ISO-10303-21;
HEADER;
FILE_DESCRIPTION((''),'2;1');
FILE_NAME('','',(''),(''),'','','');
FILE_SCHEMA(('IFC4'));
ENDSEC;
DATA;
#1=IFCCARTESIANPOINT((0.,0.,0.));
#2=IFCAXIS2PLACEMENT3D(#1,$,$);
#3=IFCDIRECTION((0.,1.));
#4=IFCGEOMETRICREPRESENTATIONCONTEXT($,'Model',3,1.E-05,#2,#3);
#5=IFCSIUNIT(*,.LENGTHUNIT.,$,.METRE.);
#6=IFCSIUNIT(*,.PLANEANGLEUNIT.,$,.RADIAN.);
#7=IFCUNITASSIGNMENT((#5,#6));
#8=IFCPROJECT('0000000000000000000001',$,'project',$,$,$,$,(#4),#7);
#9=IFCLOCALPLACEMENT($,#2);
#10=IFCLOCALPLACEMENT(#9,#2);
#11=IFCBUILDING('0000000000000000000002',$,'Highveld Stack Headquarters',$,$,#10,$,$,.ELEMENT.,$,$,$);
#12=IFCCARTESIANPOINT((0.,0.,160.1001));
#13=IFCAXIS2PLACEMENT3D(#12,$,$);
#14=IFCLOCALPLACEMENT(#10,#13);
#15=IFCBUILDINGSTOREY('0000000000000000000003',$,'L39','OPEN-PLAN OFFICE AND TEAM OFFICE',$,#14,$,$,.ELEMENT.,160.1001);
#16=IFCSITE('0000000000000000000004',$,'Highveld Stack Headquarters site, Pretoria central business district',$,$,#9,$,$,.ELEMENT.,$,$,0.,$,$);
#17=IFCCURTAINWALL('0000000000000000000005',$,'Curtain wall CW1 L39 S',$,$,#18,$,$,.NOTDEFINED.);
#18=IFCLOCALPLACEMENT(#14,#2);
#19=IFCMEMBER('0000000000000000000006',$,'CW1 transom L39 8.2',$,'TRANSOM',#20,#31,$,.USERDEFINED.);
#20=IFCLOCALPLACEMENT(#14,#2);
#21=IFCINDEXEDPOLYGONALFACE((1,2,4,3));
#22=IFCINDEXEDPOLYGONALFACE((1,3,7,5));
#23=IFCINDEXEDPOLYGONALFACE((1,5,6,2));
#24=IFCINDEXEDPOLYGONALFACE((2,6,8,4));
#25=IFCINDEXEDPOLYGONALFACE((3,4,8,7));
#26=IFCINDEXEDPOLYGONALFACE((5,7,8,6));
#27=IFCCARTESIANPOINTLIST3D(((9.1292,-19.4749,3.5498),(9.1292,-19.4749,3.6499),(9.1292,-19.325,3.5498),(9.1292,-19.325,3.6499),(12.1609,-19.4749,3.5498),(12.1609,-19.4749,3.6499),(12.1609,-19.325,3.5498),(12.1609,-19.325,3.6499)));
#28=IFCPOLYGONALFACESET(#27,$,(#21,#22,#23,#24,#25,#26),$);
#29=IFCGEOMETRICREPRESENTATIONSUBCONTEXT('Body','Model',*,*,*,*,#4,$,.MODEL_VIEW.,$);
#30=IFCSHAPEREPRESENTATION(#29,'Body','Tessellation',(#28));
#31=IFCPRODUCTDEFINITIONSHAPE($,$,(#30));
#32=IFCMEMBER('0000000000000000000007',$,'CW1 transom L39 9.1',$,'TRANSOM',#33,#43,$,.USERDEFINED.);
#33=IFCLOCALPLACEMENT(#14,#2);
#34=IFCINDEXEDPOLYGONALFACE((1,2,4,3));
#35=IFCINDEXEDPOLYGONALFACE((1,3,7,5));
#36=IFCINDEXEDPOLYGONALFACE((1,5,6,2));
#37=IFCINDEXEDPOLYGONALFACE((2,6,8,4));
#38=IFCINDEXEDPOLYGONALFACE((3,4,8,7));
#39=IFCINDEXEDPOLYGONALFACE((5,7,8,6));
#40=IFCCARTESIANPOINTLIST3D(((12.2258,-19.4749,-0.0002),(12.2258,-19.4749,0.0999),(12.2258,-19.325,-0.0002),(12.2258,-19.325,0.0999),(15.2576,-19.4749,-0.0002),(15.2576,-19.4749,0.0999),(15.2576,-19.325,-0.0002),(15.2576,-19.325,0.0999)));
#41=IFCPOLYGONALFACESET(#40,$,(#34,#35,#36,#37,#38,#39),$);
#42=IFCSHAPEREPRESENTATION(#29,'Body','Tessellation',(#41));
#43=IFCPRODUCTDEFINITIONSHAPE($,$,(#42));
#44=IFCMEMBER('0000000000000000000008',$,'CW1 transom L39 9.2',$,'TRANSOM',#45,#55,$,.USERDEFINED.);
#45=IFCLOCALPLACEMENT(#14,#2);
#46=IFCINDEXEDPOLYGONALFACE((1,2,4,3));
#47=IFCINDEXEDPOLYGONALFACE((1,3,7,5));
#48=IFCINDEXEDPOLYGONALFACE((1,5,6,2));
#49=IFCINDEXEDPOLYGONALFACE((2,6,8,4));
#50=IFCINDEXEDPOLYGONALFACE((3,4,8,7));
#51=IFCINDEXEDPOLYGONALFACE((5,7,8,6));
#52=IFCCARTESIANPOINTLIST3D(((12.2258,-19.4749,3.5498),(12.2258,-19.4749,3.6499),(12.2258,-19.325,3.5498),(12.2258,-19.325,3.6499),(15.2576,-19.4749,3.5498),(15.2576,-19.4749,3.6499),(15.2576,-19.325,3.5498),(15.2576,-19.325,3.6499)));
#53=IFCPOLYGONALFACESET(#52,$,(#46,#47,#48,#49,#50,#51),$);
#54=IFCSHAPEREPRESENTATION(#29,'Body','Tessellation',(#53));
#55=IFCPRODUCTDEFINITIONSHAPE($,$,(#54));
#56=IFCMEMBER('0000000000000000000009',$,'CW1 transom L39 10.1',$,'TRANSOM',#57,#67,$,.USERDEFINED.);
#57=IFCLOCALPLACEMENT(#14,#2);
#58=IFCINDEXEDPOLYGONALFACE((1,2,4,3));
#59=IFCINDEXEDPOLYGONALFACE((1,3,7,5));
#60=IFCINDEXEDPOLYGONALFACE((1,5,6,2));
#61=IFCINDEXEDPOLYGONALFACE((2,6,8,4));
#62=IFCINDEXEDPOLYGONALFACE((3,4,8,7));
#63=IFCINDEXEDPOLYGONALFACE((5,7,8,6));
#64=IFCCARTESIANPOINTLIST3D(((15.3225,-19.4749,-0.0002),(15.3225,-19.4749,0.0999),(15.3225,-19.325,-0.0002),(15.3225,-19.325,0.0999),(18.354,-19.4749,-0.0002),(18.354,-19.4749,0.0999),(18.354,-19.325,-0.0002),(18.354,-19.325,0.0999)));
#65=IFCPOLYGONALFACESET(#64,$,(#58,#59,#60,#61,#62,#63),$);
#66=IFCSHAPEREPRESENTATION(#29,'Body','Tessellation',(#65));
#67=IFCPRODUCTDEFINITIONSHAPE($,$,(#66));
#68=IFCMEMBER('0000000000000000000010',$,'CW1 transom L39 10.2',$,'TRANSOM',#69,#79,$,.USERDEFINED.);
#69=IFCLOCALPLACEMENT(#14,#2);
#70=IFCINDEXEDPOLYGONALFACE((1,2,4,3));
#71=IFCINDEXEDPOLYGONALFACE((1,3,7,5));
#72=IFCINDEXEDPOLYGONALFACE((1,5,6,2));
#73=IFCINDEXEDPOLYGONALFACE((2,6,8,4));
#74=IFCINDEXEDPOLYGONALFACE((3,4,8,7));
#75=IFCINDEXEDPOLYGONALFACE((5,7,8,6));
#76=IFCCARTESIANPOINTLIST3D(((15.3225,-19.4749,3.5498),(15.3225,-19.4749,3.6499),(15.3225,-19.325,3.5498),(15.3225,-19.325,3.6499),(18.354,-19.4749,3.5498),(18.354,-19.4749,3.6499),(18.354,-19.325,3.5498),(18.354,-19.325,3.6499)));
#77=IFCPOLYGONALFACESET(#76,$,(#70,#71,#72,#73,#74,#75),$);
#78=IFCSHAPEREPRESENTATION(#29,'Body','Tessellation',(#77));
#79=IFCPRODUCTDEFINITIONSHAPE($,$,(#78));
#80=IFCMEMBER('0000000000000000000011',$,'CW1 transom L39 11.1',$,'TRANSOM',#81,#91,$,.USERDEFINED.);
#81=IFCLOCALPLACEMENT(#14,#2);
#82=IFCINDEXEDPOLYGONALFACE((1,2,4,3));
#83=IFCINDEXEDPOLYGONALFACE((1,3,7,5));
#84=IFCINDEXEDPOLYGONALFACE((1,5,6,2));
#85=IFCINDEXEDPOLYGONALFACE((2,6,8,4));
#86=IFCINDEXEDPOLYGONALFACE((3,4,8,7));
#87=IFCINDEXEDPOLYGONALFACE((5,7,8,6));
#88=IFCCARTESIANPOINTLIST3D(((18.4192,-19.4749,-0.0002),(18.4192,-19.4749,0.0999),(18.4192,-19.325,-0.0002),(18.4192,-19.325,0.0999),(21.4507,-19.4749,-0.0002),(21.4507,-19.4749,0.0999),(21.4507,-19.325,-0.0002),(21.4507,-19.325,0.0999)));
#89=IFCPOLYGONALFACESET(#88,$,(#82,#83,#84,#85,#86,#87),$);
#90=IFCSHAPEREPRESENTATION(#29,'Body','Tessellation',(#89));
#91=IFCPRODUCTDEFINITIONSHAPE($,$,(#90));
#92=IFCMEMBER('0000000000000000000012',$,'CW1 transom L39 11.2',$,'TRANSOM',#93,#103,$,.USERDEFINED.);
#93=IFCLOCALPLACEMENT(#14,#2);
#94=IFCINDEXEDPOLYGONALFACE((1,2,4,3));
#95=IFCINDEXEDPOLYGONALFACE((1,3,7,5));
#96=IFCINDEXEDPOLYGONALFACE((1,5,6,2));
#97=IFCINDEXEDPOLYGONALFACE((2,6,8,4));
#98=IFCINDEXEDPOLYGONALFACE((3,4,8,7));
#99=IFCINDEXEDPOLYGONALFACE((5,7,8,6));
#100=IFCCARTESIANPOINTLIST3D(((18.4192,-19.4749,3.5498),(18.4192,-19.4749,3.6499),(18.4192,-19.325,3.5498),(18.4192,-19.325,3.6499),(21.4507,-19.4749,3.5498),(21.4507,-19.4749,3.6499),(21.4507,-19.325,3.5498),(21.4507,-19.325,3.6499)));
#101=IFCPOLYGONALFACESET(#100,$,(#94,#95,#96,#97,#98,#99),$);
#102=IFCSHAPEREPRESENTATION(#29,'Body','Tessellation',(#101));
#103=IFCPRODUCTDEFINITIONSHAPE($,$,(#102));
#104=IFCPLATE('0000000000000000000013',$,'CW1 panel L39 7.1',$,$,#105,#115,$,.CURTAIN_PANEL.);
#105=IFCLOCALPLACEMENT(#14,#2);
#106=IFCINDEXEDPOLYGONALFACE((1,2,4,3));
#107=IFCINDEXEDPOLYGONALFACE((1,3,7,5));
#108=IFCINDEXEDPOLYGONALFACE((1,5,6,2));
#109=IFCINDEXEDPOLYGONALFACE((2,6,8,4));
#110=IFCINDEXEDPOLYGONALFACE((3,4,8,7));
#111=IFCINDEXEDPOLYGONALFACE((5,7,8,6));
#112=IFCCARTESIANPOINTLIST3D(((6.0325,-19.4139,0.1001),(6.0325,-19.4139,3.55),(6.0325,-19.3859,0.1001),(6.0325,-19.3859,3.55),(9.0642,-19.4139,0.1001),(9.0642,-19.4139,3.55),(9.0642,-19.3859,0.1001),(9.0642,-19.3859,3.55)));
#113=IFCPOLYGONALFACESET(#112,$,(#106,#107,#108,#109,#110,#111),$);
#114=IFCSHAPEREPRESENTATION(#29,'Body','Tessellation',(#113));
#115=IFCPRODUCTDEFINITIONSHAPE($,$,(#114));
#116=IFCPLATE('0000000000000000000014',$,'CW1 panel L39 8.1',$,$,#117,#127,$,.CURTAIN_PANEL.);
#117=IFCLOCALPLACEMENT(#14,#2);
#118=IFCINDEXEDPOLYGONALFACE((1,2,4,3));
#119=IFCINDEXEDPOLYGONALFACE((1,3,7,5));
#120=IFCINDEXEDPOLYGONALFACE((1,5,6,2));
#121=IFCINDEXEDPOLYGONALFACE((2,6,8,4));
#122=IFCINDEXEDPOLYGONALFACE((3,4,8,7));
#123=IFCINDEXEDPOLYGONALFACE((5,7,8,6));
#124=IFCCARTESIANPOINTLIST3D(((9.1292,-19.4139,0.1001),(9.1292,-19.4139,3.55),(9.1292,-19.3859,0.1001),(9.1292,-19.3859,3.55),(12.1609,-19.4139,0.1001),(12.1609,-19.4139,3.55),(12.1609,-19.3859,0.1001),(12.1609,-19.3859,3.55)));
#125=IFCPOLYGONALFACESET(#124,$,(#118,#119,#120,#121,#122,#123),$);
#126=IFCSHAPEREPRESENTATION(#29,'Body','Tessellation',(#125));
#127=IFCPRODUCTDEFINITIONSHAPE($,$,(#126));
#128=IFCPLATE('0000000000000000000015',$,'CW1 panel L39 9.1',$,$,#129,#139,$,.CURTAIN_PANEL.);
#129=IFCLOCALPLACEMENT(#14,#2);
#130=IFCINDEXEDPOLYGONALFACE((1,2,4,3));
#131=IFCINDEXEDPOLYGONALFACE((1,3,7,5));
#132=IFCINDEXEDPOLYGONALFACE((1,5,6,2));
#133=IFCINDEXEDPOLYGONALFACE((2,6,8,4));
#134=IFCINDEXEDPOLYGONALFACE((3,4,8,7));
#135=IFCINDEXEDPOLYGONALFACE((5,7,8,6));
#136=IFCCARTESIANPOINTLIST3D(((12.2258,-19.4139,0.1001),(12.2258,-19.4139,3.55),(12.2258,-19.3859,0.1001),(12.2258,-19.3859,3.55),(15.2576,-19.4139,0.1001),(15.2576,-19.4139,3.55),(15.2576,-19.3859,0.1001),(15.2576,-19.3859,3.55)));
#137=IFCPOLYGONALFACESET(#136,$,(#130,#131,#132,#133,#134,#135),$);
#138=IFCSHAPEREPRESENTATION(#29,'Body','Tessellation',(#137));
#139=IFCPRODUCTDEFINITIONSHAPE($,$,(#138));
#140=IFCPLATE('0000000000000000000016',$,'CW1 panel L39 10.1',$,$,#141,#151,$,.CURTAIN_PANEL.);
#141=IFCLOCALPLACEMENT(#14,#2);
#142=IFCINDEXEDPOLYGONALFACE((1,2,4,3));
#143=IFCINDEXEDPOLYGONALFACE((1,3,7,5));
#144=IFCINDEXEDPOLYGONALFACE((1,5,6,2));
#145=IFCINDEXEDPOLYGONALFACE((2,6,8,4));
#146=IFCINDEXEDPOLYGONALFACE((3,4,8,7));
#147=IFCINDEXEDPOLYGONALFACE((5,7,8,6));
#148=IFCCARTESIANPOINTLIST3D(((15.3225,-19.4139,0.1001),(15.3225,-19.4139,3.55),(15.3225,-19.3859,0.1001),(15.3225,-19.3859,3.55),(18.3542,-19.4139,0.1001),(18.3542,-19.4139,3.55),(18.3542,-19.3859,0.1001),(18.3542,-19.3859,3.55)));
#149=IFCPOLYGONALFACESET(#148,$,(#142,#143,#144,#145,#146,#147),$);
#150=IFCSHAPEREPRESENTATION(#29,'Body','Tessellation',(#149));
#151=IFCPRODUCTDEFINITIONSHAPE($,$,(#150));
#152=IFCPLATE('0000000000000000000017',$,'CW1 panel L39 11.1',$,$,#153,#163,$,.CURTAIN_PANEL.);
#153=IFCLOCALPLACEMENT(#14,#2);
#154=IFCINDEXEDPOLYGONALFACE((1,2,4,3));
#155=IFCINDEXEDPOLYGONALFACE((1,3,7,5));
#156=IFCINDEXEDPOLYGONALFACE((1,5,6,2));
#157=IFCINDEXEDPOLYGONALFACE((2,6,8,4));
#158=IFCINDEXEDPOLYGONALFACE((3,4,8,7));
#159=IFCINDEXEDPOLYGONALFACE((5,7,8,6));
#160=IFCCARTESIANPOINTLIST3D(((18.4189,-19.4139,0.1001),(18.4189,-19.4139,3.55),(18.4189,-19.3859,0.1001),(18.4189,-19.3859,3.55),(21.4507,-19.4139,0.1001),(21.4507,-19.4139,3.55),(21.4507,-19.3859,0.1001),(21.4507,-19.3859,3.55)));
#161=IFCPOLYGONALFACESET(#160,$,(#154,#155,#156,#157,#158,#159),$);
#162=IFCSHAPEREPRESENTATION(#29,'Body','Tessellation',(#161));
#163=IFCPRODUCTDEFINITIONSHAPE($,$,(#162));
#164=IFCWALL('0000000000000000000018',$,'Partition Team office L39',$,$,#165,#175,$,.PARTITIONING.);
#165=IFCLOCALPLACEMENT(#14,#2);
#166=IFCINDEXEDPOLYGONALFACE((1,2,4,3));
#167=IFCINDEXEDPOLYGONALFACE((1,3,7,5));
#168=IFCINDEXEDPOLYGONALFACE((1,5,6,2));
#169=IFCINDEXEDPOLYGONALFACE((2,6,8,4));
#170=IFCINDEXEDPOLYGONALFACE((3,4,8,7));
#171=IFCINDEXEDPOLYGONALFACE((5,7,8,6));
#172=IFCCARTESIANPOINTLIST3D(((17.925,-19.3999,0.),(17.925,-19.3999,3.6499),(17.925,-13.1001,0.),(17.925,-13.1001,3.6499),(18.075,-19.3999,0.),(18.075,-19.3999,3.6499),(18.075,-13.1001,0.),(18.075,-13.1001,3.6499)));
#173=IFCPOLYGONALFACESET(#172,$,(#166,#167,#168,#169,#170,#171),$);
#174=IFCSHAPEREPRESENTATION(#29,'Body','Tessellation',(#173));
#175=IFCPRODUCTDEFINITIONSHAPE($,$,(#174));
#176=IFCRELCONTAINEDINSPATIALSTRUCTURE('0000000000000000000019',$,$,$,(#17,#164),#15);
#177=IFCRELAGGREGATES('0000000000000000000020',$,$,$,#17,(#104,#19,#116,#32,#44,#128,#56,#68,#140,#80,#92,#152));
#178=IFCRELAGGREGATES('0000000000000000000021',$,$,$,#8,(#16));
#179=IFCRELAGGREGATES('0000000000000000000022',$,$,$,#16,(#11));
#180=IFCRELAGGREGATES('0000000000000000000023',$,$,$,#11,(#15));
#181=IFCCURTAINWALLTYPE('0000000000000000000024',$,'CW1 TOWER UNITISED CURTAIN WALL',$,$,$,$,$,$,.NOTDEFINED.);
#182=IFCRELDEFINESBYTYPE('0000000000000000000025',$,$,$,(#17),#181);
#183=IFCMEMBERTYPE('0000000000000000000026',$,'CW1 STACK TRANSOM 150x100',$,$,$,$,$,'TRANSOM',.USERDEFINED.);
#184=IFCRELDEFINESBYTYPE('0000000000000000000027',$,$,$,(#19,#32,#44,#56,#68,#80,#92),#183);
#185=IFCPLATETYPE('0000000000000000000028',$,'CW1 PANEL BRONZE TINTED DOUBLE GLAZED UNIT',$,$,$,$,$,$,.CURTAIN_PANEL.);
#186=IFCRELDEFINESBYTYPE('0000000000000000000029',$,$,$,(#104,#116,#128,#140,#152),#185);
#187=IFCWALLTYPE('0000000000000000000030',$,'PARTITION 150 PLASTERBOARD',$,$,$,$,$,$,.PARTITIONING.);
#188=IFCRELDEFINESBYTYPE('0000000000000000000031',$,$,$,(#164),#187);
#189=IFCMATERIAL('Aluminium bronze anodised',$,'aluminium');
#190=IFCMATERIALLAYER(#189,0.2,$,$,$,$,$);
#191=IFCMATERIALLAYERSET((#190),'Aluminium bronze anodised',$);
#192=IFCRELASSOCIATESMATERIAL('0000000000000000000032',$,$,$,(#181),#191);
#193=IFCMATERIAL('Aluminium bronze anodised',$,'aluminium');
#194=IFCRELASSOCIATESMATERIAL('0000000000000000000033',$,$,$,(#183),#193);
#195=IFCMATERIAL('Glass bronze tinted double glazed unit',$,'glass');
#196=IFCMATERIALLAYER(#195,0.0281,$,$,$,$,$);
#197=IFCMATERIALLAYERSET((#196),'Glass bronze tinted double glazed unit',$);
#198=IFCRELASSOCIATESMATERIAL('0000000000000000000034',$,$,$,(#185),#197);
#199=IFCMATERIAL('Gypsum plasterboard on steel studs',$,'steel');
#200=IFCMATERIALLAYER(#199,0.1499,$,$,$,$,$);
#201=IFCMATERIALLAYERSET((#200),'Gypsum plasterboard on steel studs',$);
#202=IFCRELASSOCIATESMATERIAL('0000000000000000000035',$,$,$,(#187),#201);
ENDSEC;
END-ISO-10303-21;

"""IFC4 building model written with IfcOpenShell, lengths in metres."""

from ifc_helpers import new_model, si_unit, direction, frame, frame_2d, origin, origin_2d, place, context, subcontext, project, spatial, rectangle, extrude, material, layer, layer_set, material_profile, profile_set, type_object, element, aggregate, save


model = new_model("IFC4")

# Units and contexts
model_context = context("Model", 3, precision=1e-05, world=origin(), true_north=direction((0.0, 1.0)))
body_context = subcontext(model_context, "Body", "Model", "MODEL_VIEW")
ifc_project = project(units=[si_unit("LENGTHUNIT", "METRE"), si_unit("PLANEANGLEUNIT", "RADIAN")], contexts=[model_context])

# Site, building, storey
site_placement = place(None, origin())
site = spatial("IfcSite", under=ifc_project, at=site_placement, Name="Highveld Stack Headquarters site, Pretoria central business district", CompositionType="ELEMENT", RefElevation=0.0)
building_placement = place(site_placement, origin())
building = spatial("IfcBuilding", under=site, at=building_placement, Name="Highveld Stack Headquarters", CompositionType="ELEMENT")
storey_placement = place(building_placement, frame((0.0, 0.0, 160.1001)))
storey = spatial("IfcBuildingStorey", under=building, at=storey_placement, Name="L39", Description="OPEN-PLAN OFFICE AND TEAM OFFICE", CompositionType="ELEMENT", Elevation=160.1001)

# Curtain wall, members, plates
ifc_material_1 = material(Name="Aluminium bronze anodised", Category="aluminium")
ifc_layer_1 = layer(ifc_material_1, 0.2)
ifc_layer_set_1 = layer_set([ifc_layer_1], Name="Aluminium bronze anodised")
curtain_wall_type = type_object("IfcCurtainWallType", Name="CW1 TOWER UNITISED CURTAIN WALL", PredefinedType="NOTDEFINED", material=ifc_layer_set_1)
curtain_wall_placement = place(storey_placement, origin())
curtain_wall = element("IfcCurtainWall", 1, at=curtain_wall_placement, inside=storey, type_object=curtain_wall_type, Name="Curtain wall CW1 L39 S", PredefinedType="NOTDEFINED")
ifc_material_2 = material(Name="Aluminium bronze anodised", Category="aluminium")
ifc_material_profile_1 = material_profile(ifc_material_2, rectangle(XDim=0.1499, YDim=0.1001, at=origin_2d()), Name="CW1 TRANSOM 150x100")
ifc_profile_set_1 = profile_set([ifc_material_profile_1], Name="Aluminium bronze anodised")
member_type_1 = type_object("IfcMemberType", Name="CW1 STACK TRANSOM 150x100", ElementType="TRANSOM", PredefinedType="USERDEFINED", material=ifc_profile_set_1)
member_1_placement = place(storey_placement, frame((9.1292, -19.3999, 3.5999), z_axis=(1.0, 0.0, 0.0), x_axis=(0.0, 1.0, 0.0)))
member_1 = element("IfcMember", 2, at=member_1_placement, type_object=member_type_1, Name="CW1 transom L39 8.2", ObjectType="TRANSOM", PredefinedType="USERDEFINED", context=body_context, shape_type="SweptSolid", body=[
    extrude(rectangle(XDim=0.1499, YDim=0.1001, at=origin_2d()), origin(), (0.0, 0.0, 1.0), 3.0317),
])
member_2_placement = place(storey_placement, frame((12.2258, -19.3999, 0.0498), z_axis=(1.0, 0.0, 0.0), x_axis=(0.0, 1.0, 0.0)))
member_2 = element("IfcMember", 3, at=member_2_placement, type_object=member_type_1, Name="CW1 transom L39 9.1", ObjectType="TRANSOM", PredefinedType="USERDEFINED", context=body_context, shape_type="SweptSolid", body=[
    extrude(rectangle(XDim=0.1499, YDim=0.1001, at=origin_2d()), origin(), (0.0, 0.0, 1.0), 3.0317),
])
member_3_placement = place(storey_placement, frame((12.2258, -19.3999, 3.5999), z_axis=(1.0, 0.0, 0.0), x_axis=(0.0, 1.0, 0.0)))
member_3 = element("IfcMember", 4, at=member_3_placement, type_object=member_type_1, Name="CW1 transom L39 9.2", ObjectType="TRANSOM", PredefinedType="USERDEFINED", context=body_context, shape_type="SweptSolid", body=[
    extrude(rectangle(XDim=0.1499, YDim=0.1001, at=origin_2d()), origin(), (0.0, 0.0, 1.0), 3.0317),
])
member_4_placement = place(storey_placement, frame((15.3225, -19.3999, 0.0498), z_axis=(1.0, 0.0, 0.0), x_axis=(0.0, 1.0, 0.0)))
member_4 = element("IfcMember", 5, at=member_4_placement, type_object=member_type_1, Name="CW1 transom L39 10.1", ObjectType="TRANSOM", PredefinedType="USERDEFINED", context=body_context, shape_type="SweptSolid", body=[
    extrude(rectangle(XDim=0.1499, YDim=0.1001, at=origin_2d()), origin(), (0.0, 0.0, 1.0), 3.0315),
])
member_5_placement = place(storey_placement, frame((15.3225, -19.3999, 3.5999), z_axis=(1.0, 0.0, 0.0), x_axis=(0.0, 1.0, 0.0)))
member_5 = element("IfcMember", 6, at=member_5_placement, type_object=member_type_1, Name="CW1 transom L39 10.2", ObjectType="TRANSOM", PredefinedType="USERDEFINED", context=body_context, shape_type="SweptSolid", body=[
    extrude(rectangle(XDim=0.1499, YDim=0.1001, at=origin_2d()), origin(), (0.0, 0.0, 1.0), 3.0315),
])
member_6_placement = place(storey_placement, frame((18.4192, -19.3999, 0.0498), z_axis=(1.0, 0.0, 0.0), x_axis=(0.0, 1.0, 0.0)))
member_6 = element("IfcMember", 7, at=member_6_placement, type_object=member_type_1, Name="CW1 transom L39 11.1", ObjectType="TRANSOM", PredefinedType="USERDEFINED", context=body_context, shape_type="SweptSolid", body=[
    extrude(rectangle(XDim=0.1499, YDim=0.1001, at=origin_2d()), origin(), (0.0, 0.0, 1.0), 3.0315),
])
member_7_placement = place(storey_placement, frame((18.4192, -19.3999, 3.5999), z_axis=(1.0, 0.0, 0.0), x_axis=(0.0, 1.0, 0.0)))
member_7 = element("IfcMember", 8, at=member_7_placement, type_object=member_type_1, Name="CW1 transom L39 11.2", ObjectType="TRANSOM", PredefinedType="USERDEFINED", context=body_context, shape_type="SweptSolid", body=[
    extrude(rectangle(XDim=0.1499, YDim=0.1001, at=origin_2d()), origin(), (0.0, 0.0, 1.0), 3.0315),
])
ifc_material_3 = material(Name="Glass bronze tinted double glazed unit", Category="glass")
ifc_layer_2 = layer(ifc_material_3, 0.0281)
ifc_layer_set_2 = layer_set([ifc_layer_2], Name="Glass bronze tinted double glazed unit")
plate_type = type_object("IfcPlateType", Name="CW1 PANEL BRONZE TINTED DOUBLE GLAZED UNIT", PredefinedType="CURTAIN_PANEL", material=ifc_layer_set_2)
plate_1_placement = place(storey_placement, frame((7.5483, -19.3999, 0.1001), z_axis=(0.0, 0.0, 1.0), x_axis=(1.0, 0.0, 0.0)))
plate_1 = element("IfcPlate", 9, at=plate_1_placement, type_object=plate_type, Name="CW1 panel L39 7.1", PredefinedType="CURTAIN_PANEL", context=body_context, shape_type="SweptSolid", body=[
    extrude(rectangle(XDim=3.0317, YDim=0.0281, at=origin_2d()), origin(), (0.0, 0.0, 1.0), 3.45),
])
plate_2_placement = place(storey_placement, frame((10.645, -19.3999, 0.1001), z_axis=(0.0, 0.0, 1.0), x_axis=(1.0, 0.0, 0.0)))
plate_2 = element("IfcPlate", 10, at=plate_2_placement, type_object=plate_type, Name="CW1 panel L39 8.1", PredefinedType="CURTAIN_PANEL", context=body_context, shape_type="SweptSolid", body=[
    extrude(rectangle(XDim=3.0317, YDim=0.0281, at=origin_2d()), origin(), (0.0, 0.0, 1.0), 3.45),
])
plate_3_placement = place(storey_placement, frame((13.7417, -19.3999, 0.1001), z_axis=(0.0, 0.0, 1.0), x_axis=(1.0, 0.0, 0.0)))
plate_3 = element("IfcPlate", 11, at=plate_3_placement, type_object=plate_type, Name="CW1 panel L39 9.1", PredefinedType="CURTAIN_PANEL", context=body_context, shape_type="SweptSolid", body=[
    extrude(rectangle(XDim=3.0317, YDim=0.0281, at=origin_2d()), origin(), (0.0, 0.0, 1.0), 3.45),
])
plate_4_placement = place(storey_placement, frame((16.8384, -19.3999, 0.1001), z_axis=(0.0, 0.0, 1.0), x_axis=(1.0, 0.0, 0.0)))
plate_4 = element("IfcPlate", 12, at=plate_4_placement, type_object=plate_type, Name="CW1 panel L39 10.1", PredefinedType="CURTAIN_PANEL", context=body_context, shape_type="SweptSolid", body=[
    extrude(rectangle(XDim=3.0317, YDim=0.0281, at=origin_2d()), origin(), (0.0, 0.0, 1.0), 3.45),
])
plate_5_placement = place(storey_placement, frame((19.9348, -19.3999, 0.1001), z_axis=(0.0, 0.0, 1.0), x_axis=(1.0, 0.0, 0.0)))
plate_5 = element("IfcPlate", 13, at=plate_5_placement, type_object=plate_type, Name="CW1 panel L39 11.1", PredefinedType="CURTAIN_PANEL", context=body_context, shape_type="SweptSolid", body=[
    extrude(rectangle(XDim=3.0317, YDim=0.0281, at=origin_2d()), origin(), (0.0, 0.0, 1.0), 3.45),
])
aggregate(curtain_wall, [plate_1, member_1, plate_2, member_2, member_3, plate_3, member_4, member_5, plate_4, member_6, member_7, plate_5])

# Wall
ifc_material_4 = material(Name="Gypsum plasterboard on steel studs", Category="steel")
ifc_layer_3 = layer(ifc_material_4, 0.1499)
ifc_layer_set_3 = layer_set([ifc_layer_3], Name="Gypsum plasterboard on steel studs")
wall_type = type_object("IfcWallType", Name="PARTITION 150 PLASTERBOARD", PredefinedType="PARTITIONING", material=ifc_layer_set_3)
wall_1_placement = place(storey_placement, frame((18.0, -19.3999, 0.0), z_axis=(0.0, 0.0, 1.0), x_axis=(0.0, 1.0, 0.0)))
element("IfcWall", 14, at=wall_1_placement, inside=storey, type_object=wall_type, Name="Partition Team office L39", PredefinedType="PARTITIONING", context=body_context, shape_type="SweptSolid", body=[
    extrude(rectangle(XDim=6.2998, YDim=0.1499, at=frame_2d((3.1499, 0.0))), origin(), (0.0, 0.0, 1.0), 3.6499),
])

save(model, "model.ifc")
